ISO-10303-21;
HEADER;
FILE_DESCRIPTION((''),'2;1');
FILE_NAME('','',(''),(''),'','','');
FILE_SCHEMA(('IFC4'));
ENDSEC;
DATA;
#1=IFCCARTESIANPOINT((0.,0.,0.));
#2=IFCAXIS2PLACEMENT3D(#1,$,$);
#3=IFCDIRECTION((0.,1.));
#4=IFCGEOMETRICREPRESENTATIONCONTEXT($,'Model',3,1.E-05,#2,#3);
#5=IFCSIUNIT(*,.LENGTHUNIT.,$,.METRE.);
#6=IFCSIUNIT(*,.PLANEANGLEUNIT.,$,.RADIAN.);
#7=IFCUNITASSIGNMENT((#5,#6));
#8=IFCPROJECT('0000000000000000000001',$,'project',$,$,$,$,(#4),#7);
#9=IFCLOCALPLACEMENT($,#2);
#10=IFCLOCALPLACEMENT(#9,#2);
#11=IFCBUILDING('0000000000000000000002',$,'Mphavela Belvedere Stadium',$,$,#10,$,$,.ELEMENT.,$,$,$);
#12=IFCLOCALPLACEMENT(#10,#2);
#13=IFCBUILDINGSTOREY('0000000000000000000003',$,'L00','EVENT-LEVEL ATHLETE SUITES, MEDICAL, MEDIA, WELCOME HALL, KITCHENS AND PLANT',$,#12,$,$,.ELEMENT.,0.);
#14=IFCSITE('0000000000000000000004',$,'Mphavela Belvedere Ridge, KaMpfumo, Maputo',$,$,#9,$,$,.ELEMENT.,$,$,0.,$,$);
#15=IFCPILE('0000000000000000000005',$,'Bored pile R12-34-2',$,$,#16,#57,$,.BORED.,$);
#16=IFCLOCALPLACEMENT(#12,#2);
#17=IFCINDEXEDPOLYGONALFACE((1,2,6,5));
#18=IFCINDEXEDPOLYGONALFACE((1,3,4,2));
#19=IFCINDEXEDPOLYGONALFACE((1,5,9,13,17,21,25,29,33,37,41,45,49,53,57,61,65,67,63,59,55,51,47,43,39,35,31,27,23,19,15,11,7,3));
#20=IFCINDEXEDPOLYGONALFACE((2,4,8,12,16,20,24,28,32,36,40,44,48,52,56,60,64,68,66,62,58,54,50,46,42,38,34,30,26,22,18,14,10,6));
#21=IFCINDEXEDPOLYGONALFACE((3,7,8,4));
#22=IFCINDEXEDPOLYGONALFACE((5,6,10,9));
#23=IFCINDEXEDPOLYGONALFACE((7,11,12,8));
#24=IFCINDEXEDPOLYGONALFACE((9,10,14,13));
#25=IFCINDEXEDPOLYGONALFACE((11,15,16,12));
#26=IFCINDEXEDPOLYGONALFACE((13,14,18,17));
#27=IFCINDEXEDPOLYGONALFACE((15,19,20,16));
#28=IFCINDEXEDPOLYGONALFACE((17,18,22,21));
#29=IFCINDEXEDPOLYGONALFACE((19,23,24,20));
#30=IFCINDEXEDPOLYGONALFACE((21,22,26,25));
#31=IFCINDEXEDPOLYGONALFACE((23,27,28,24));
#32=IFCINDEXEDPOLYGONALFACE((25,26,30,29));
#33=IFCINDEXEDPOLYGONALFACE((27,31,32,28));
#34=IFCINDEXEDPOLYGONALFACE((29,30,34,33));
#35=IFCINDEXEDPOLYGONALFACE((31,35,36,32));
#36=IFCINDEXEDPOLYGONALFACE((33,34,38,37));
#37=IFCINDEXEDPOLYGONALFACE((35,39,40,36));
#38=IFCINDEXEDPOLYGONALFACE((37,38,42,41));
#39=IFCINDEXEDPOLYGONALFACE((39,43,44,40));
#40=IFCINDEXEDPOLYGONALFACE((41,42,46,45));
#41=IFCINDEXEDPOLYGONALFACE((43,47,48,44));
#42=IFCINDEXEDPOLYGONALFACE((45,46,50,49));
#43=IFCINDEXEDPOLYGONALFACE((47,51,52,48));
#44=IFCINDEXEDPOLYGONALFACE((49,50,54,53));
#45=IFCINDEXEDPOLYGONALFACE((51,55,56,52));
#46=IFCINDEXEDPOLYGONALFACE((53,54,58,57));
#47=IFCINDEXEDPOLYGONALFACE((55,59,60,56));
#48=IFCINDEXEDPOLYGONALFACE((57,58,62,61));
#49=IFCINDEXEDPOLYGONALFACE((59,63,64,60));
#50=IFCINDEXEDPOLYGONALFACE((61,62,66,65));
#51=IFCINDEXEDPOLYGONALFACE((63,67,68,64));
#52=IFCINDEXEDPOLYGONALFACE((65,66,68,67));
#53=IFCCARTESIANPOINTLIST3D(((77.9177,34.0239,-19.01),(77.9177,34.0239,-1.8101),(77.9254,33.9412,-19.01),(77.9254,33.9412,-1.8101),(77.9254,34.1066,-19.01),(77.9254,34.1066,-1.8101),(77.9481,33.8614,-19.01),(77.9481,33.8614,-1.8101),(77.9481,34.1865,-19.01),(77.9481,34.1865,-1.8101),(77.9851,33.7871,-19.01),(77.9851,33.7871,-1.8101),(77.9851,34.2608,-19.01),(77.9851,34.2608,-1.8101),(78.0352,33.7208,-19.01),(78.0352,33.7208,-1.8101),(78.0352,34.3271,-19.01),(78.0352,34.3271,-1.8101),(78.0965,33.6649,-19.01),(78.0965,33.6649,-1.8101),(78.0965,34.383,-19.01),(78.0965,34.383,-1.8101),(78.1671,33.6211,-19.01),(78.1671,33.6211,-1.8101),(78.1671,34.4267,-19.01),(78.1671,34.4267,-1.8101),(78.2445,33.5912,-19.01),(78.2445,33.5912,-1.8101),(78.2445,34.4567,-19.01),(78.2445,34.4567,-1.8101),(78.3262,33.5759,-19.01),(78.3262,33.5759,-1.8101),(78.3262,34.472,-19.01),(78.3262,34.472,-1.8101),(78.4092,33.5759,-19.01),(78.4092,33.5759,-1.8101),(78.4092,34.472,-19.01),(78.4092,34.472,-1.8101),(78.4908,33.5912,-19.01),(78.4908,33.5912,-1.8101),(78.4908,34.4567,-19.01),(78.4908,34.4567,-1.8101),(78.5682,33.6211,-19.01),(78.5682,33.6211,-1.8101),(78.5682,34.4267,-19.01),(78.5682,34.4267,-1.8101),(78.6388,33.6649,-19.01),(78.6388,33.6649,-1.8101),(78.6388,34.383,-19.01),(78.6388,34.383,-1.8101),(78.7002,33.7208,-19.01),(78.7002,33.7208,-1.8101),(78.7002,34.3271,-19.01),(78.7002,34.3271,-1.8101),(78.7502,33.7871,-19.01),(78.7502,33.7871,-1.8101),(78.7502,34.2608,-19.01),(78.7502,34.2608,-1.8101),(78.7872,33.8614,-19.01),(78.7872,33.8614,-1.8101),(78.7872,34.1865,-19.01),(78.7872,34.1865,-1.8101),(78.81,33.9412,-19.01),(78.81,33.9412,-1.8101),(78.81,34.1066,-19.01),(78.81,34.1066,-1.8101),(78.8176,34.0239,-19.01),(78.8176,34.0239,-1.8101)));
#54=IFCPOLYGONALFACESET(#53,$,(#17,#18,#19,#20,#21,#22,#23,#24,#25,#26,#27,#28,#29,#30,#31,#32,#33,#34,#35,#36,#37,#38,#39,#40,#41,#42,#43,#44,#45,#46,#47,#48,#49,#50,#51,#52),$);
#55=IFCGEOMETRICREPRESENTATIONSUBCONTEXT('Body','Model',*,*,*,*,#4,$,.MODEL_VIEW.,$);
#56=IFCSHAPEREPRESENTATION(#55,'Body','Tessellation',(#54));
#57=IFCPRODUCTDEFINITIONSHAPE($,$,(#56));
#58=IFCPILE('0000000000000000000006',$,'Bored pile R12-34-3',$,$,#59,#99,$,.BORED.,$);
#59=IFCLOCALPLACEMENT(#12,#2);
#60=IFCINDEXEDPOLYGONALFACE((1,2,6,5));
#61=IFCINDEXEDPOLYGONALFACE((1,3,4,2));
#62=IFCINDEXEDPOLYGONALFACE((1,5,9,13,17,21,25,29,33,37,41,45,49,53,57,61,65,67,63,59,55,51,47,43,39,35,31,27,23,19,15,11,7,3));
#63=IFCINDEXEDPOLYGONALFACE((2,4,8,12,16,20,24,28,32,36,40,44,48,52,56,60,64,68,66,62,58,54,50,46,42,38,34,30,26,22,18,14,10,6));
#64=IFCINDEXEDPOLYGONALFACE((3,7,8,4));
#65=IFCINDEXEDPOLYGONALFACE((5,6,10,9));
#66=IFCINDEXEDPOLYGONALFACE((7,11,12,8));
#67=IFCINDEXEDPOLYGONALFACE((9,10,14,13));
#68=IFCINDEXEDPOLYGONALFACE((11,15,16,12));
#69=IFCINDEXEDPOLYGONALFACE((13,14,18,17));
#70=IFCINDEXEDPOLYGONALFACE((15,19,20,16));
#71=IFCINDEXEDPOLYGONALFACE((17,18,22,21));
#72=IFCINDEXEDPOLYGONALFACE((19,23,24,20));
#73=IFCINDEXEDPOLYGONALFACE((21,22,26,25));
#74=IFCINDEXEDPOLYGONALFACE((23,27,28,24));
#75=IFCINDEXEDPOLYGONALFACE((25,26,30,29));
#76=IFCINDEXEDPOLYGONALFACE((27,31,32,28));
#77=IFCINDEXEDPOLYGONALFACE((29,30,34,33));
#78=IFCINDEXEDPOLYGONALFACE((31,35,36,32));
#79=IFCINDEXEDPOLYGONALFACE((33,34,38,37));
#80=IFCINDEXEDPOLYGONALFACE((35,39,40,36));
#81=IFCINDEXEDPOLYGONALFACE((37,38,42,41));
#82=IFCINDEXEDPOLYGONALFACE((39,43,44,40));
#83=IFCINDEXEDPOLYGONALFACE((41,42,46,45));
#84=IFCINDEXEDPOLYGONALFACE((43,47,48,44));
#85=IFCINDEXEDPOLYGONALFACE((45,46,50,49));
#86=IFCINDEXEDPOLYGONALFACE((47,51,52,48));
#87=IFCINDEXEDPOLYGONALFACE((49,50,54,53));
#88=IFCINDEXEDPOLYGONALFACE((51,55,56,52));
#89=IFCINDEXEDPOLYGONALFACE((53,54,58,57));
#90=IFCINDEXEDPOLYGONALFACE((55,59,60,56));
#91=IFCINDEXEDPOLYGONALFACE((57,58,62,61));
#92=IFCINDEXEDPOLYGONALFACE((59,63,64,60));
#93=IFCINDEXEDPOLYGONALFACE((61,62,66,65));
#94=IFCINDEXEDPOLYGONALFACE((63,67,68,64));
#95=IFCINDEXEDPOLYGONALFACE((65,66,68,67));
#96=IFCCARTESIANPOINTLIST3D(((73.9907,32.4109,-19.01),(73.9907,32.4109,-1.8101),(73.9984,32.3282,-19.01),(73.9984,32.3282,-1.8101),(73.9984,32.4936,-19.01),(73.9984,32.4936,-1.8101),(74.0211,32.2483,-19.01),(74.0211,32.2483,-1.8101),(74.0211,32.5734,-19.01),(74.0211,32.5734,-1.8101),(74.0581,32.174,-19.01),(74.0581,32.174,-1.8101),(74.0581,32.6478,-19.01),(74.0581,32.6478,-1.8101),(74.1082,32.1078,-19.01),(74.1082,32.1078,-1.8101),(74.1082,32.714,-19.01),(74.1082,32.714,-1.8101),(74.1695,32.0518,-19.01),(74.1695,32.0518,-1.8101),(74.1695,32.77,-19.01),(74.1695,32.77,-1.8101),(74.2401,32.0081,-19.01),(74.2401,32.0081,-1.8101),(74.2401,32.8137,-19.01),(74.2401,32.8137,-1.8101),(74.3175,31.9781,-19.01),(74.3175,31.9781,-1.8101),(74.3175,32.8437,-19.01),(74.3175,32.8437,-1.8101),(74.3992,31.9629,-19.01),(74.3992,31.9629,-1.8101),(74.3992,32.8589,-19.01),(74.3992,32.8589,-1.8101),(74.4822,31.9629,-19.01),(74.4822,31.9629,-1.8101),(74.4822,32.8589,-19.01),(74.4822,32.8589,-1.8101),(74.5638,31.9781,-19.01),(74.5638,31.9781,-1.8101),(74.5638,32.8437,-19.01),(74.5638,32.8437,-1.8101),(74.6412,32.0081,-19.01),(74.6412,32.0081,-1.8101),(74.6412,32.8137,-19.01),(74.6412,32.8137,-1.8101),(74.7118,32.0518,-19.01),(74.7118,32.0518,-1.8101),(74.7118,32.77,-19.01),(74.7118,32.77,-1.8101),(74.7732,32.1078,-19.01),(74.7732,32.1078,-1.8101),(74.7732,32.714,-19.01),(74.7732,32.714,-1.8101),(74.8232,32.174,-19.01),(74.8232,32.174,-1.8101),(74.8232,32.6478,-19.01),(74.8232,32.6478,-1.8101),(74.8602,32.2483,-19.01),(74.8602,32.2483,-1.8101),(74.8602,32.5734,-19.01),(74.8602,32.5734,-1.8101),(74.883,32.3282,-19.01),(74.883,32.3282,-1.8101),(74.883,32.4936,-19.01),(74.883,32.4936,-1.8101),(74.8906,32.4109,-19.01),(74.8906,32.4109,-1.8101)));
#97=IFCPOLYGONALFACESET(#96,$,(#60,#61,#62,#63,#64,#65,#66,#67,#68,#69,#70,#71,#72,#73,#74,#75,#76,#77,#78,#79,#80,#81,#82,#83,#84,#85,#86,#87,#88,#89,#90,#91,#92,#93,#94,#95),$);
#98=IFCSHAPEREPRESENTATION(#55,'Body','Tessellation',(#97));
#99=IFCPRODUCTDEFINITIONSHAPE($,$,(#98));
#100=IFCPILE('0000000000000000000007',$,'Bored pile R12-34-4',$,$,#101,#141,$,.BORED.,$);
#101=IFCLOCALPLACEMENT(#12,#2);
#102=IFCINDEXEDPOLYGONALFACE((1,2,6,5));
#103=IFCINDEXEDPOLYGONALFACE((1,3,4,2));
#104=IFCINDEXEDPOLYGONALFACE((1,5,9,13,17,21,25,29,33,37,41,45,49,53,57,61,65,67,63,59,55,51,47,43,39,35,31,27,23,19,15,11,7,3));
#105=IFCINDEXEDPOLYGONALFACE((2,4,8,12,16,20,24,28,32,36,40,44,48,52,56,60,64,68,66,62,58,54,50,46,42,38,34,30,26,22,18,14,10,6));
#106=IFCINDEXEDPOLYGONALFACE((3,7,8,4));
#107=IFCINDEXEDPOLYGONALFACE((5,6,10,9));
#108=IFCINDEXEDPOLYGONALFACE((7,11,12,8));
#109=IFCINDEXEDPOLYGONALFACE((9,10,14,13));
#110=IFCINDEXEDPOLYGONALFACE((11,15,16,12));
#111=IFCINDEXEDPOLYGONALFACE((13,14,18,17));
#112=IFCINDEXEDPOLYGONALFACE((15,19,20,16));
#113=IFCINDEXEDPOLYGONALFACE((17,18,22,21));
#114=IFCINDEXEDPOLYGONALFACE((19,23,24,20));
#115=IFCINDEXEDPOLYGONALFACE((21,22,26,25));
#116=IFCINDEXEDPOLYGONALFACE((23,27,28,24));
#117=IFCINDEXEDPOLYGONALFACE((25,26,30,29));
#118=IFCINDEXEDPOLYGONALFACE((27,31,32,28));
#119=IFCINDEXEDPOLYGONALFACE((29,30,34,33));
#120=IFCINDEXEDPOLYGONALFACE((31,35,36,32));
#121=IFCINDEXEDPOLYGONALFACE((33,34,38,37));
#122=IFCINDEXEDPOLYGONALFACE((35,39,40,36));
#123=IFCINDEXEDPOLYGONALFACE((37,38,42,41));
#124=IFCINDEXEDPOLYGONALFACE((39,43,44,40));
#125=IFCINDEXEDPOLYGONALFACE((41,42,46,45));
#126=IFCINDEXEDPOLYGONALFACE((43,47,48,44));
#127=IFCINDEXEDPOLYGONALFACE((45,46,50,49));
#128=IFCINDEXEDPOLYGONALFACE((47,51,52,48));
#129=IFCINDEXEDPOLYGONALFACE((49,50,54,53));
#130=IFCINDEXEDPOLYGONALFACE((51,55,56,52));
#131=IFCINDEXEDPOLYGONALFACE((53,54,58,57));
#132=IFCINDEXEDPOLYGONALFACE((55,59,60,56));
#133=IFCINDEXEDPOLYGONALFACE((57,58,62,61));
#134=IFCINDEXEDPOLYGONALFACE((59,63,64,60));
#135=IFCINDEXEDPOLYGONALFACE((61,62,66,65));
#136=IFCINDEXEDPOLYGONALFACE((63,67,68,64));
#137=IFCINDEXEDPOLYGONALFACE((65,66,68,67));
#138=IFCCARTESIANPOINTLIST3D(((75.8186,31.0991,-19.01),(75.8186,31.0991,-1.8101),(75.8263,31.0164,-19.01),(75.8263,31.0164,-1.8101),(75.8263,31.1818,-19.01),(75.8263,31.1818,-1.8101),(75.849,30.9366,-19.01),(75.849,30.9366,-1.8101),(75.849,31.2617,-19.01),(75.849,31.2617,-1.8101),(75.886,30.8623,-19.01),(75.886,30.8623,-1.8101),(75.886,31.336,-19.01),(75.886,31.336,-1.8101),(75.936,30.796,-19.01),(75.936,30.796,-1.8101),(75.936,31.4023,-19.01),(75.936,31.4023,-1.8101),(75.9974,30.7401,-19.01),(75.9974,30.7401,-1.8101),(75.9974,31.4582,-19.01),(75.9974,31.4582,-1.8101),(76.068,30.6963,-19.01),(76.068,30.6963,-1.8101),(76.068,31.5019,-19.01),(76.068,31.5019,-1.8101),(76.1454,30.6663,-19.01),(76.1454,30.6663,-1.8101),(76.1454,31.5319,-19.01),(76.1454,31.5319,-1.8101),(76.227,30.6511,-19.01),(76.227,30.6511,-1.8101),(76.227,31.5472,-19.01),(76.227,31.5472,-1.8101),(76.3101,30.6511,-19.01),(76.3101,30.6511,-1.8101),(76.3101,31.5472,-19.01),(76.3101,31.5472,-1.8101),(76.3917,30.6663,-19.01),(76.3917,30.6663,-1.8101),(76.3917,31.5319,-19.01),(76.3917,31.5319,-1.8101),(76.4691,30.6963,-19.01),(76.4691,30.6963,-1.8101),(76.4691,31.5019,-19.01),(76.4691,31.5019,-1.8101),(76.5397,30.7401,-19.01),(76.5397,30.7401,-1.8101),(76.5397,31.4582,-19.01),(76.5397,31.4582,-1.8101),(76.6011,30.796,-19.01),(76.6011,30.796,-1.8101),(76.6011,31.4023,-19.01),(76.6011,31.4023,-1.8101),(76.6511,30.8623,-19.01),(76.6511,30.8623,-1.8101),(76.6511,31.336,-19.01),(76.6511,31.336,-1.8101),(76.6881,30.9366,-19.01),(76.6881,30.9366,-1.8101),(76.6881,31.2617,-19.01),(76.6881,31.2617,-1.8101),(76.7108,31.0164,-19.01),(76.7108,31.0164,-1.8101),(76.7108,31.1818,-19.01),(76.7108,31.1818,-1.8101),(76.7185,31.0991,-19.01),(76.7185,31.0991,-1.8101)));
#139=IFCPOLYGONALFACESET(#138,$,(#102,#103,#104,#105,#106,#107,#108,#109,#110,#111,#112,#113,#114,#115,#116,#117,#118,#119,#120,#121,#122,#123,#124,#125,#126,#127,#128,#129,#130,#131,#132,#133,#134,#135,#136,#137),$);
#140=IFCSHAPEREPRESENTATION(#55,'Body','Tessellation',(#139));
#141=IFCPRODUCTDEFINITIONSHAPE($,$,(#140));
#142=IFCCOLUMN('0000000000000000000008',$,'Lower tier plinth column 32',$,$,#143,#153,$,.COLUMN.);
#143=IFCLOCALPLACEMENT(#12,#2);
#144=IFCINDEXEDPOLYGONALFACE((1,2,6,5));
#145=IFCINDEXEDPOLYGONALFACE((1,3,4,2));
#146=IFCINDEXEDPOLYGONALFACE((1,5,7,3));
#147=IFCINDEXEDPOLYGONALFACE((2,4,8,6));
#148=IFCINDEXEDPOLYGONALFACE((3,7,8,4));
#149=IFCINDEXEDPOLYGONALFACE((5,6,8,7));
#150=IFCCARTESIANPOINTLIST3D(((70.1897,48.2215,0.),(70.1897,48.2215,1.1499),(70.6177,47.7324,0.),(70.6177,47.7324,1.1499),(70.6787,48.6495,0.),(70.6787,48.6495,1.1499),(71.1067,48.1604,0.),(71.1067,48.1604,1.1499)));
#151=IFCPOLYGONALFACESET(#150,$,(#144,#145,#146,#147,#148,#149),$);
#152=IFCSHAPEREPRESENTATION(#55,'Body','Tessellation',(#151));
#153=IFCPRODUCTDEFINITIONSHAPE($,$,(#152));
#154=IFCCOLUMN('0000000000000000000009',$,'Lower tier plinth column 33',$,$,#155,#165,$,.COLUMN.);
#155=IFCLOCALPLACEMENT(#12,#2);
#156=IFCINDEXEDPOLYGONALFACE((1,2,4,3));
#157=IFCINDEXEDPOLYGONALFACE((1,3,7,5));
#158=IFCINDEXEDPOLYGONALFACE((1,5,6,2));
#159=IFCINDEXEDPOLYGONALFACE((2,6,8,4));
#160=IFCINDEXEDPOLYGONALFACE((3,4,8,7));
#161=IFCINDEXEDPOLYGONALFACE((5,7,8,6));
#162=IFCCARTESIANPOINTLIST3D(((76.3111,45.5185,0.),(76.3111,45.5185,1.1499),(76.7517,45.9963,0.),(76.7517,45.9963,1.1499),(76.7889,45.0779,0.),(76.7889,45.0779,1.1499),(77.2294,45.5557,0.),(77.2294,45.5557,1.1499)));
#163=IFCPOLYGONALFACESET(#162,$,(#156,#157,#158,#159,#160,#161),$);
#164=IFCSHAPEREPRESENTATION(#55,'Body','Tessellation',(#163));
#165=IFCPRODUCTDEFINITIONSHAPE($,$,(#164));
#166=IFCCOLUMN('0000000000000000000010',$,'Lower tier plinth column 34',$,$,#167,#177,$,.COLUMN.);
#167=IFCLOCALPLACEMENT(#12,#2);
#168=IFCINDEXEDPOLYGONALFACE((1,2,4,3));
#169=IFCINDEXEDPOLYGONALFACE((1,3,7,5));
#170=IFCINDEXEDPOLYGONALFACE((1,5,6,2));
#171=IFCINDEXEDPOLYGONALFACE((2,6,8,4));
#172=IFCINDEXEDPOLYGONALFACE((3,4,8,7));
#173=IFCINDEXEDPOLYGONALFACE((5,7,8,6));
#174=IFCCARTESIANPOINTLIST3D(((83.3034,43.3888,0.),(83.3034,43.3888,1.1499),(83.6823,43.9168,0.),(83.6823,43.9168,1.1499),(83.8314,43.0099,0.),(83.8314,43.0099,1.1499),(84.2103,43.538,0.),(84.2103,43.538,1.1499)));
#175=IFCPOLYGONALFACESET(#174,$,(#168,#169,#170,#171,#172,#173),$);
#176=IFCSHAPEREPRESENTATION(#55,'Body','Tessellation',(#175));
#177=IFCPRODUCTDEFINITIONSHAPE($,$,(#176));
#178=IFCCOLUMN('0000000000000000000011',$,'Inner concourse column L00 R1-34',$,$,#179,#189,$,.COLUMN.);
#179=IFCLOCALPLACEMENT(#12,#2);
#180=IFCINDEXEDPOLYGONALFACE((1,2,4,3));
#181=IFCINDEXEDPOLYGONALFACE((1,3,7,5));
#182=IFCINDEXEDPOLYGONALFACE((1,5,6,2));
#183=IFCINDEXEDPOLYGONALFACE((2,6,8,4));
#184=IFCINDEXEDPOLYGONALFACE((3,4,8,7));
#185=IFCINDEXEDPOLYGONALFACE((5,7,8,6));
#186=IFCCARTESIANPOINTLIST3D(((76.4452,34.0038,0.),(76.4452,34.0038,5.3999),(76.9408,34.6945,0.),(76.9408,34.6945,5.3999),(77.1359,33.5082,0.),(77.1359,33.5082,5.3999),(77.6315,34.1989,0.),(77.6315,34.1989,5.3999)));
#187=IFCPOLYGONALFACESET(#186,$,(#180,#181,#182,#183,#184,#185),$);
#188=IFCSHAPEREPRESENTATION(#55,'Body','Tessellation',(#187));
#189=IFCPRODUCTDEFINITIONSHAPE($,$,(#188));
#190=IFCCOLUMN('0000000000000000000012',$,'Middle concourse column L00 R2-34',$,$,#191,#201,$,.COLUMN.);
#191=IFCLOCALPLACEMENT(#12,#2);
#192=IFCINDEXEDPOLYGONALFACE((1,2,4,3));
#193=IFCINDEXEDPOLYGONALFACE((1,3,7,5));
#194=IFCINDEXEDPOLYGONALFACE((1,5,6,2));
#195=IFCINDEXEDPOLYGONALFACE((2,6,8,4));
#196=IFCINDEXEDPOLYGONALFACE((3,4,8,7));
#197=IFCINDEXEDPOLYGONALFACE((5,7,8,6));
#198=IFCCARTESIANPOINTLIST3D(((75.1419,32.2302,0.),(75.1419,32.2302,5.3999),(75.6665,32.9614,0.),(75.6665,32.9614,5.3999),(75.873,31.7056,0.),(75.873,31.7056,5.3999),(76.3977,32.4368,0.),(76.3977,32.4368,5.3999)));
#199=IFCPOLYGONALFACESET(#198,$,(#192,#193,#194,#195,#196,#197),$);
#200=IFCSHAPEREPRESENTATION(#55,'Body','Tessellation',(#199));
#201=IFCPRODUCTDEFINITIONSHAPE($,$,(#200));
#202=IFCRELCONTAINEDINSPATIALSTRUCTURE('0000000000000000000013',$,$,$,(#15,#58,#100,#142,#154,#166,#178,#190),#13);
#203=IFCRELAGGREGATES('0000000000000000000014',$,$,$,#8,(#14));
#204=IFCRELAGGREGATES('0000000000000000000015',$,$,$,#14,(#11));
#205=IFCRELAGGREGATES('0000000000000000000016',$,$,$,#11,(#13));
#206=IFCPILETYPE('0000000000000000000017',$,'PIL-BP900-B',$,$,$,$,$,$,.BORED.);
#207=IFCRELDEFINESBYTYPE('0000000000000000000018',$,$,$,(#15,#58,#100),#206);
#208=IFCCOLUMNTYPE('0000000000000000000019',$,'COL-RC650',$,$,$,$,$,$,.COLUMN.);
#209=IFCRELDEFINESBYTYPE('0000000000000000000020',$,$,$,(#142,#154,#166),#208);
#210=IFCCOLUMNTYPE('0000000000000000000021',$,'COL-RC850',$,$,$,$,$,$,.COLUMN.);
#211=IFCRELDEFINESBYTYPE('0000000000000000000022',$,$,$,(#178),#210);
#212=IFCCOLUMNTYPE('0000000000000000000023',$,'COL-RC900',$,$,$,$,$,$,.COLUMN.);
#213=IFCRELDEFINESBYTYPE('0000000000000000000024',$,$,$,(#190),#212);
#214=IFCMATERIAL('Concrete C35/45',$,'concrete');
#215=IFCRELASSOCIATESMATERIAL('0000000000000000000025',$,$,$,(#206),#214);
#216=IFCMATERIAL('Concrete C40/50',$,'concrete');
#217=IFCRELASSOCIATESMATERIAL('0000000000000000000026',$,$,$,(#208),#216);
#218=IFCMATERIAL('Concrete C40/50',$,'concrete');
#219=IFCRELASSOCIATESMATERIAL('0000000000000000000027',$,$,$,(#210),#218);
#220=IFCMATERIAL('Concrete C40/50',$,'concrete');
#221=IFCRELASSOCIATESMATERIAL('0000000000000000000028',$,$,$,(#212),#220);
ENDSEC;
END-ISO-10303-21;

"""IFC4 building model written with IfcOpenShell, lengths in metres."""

from ifc_helpers import new_model, si_unit, direction, frame, origin, origin_2d, place, context, subcontext, project, spatial, rectangle, circle, extrude, material, material_profile, profile_set, type_object, element, save


model = new_model("IFC4")

# Units and contexts
model_context = context("Model", 3, precision=1e-05, world=origin(), true_north=direction((0.0, 1.0)))
body_context = subcontext(model_context, "Body", "Model", "MODEL_VIEW")
ifc_project = project(units=[si_unit("LENGTHUNIT", "METRE"), si_unit("PLANEANGLEUNIT", "RADIAN")], contexts=[model_context])

# Site, building, storey
site_placement = place(None, origin())
site = spatial("IfcSite", under=ifc_project, at=site_placement, Name="Mphavela Belvedere Ridge, KaMpfumo, Maputo", CompositionType="ELEMENT", RefElevation=0.0)
building_placement = place(site_placement, origin())
building = spatial("IfcBuilding", under=site, at=building_placement, Name="Mphavela Belvedere Stadium", CompositionType="ELEMENT")
storey_placement = place(building_placement, origin())
storey = spatial("IfcBuildingStorey", under=building, at=storey_placement, Name="L00", Description="EVENT-LEVEL ATHLETE SUITES, MEDICAL, MEDIA, WELCOME HALL, KITCHENS AND PLANT", CompositionType="ELEMENT", Elevation=0.0)

# Piles
ifc_material_1 = material(Name="Concrete C35/45", Category="concrete")
ifc_material_profile_1 = material_profile(ifc_material_1, circle(Radius=0.45, at=origin_2d()), Name="BP D900")
ifc_profile_set_1 = profile_set([ifc_material_profile_1], Name="Concrete C35/45")
pile_type_1 = type_object("IfcPileType", Name="PIL-BP900-B", PredefinedType="BORED", material=ifc_profile_set_1)
for number, where, z_axis, x_axis, name in (
    (1, (78.3677, 34.0239, -1.8101), (0.0, 0.0, -1.0), (1.0, 0.0, 0.0), "Bored pile R12-34-2"),
    (2, (74.4407, 32.4109, -1.8101), (0.0, 0.0, -1.0), (1.0, 0.0, 0.0), "Bored pile R12-34-3"),
    (3, (76.2686, 31.0991, -1.8101), (0.0, 0.0, -1.0), (1.0, 0.0, 0.0), "Bored pile R12-34-4"),
):
    element("IfcPile", number, at=place(storey_placement, frame(where, z_axis=z_axis, x_axis=x_axis)), inside=storey, type_object=pile_type_1, Name=name, PredefinedType="BORED", context=body_context, shape_type="SweptSolid", body=[
        extrude(circle(Radius=0.45, at=origin_2d()), origin(), (0.0, 0.0, 1.0), 17.2),
    ])

# Columns
ifc_material_2 = material(Name="Concrete C40/50", Category="concrete")
ifc_material_profile_2 = material_profile(ifc_material_2, rectangle(XDim=0.6499, YDim=0.6499, at=origin_2d()), Name="RC 650x650")
ifc_profile_set_2 = profile_set([ifc_material_profile_2], Name="Concrete C40/50")
column_type_1 = type_object("IfcColumnType", Name="COL-RC650", PredefinedType="COLUMN", material=ifc_profile_set_2)
for number, where, z_axis, x_axis, name in (
    (4, (70.6482, 48.1909, 0.0), (0.0, 0.0, 1.0), (-0.75253, -0.658558, 0.0), "Lower tier plinth column 32"),
    (5, (76.7703, 45.5371, 0.0), (0.0, 0.0, 1.0), (-0.677903, -0.735151, 0.0), "Lower tier plinth column 33"),
    (6, (83.7568, 43.4634, 0.0), (0.0, 0.0, 1.0), (-0.582974, -0.812491, 0.0), "Lower tier plinth column 34"),
):
    element("IfcColumn", number, at=place(storey_placement, frame(where, z_axis=z_axis, x_axis=x_axis)), inside=storey, type_object=column_type_1, Name=name, PredefinedType="COLUMN", context=body_context, shape_type="SweptSolid", body=[
        extrude(rectangle(XDim=0.6499, YDim=0.6499, at=origin_2d()), origin(), (0.0, 0.0, 1.0), 1.1499),
    ])
ifc_material_3 = material(Name="Concrete C40/50", Category="concrete")
ifc_material_profile_3 = material_profile(ifc_material_3, rectangle(XDim=0.8501, YDim=0.8501, at=origin_2d()), Name="RC 850x850")
ifc_profile_set_3 = profile_set([ifc_material_profile_3], Name="Concrete C40/50")
column_type_2 = type_object("IfcColumnType", Name="COL-RC850", PredefinedType="COLUMN", material=ifc_profile_set_3)
column_1_placement = place(storey_placement, frame((77.0383, 34.1013, 0.0), z_axis=(0.0, 0.0, 1.0), x_axis=(-0.582974, -0.812491, 0.0)))
element("IfcColumn", 7, at=column_1_placement, inside=storey, type_object=column_type_2, Name="Inner concourse column L00 R1-34", PredefinedType="COLUMN", context=body_context, shape_type="SweptSolid", body=[
    extrude(rectangle(XDim=0.8501, YDim=0.8501, at=origin_2d()), origin(), (0.0, 0.0, 1.0), 5.3999),
])
ifc_material_4 = material(Name="Concrete C40/50", Category="concrete")
ifc_material_profile_4 = material_profile(ifc_material_4, rectangle(XDim=0.8999, YDim=0.8999, at=origin_2d()), Name="RC 900x900")
ifc_profile_set_4 = profile_set([ifc_material_profile_4], Name="Concrete C40/50")
column_type_3 = type_object("IfcColumnType", Name="COL-RC900", PredefinedType="COLUMN", material=ifc_profile_set_4)
column_2_placement = place(storey_placement, frame((75.7698, 32.3335, 0.0), z_axis=(0.0, 0.0, 1.0), x_axis=(-0.582974, -0.812491, 0.0)))
element("IfcColumn", 8, at=column_2_placement, inside=storey, type_object=column_type_3, Name="Middle concourse column L00 R2-34", PredefinedType="COLUMN", context=body_context, shape_type="SweptSolid", body=[
    extrude(rectangle(XDim=0.8999, YDim=0.8999, at=origin_2d()), origin(), (0.0, 0.0, 1.0), 5.3999),
])

save(model, "model.ifc")
